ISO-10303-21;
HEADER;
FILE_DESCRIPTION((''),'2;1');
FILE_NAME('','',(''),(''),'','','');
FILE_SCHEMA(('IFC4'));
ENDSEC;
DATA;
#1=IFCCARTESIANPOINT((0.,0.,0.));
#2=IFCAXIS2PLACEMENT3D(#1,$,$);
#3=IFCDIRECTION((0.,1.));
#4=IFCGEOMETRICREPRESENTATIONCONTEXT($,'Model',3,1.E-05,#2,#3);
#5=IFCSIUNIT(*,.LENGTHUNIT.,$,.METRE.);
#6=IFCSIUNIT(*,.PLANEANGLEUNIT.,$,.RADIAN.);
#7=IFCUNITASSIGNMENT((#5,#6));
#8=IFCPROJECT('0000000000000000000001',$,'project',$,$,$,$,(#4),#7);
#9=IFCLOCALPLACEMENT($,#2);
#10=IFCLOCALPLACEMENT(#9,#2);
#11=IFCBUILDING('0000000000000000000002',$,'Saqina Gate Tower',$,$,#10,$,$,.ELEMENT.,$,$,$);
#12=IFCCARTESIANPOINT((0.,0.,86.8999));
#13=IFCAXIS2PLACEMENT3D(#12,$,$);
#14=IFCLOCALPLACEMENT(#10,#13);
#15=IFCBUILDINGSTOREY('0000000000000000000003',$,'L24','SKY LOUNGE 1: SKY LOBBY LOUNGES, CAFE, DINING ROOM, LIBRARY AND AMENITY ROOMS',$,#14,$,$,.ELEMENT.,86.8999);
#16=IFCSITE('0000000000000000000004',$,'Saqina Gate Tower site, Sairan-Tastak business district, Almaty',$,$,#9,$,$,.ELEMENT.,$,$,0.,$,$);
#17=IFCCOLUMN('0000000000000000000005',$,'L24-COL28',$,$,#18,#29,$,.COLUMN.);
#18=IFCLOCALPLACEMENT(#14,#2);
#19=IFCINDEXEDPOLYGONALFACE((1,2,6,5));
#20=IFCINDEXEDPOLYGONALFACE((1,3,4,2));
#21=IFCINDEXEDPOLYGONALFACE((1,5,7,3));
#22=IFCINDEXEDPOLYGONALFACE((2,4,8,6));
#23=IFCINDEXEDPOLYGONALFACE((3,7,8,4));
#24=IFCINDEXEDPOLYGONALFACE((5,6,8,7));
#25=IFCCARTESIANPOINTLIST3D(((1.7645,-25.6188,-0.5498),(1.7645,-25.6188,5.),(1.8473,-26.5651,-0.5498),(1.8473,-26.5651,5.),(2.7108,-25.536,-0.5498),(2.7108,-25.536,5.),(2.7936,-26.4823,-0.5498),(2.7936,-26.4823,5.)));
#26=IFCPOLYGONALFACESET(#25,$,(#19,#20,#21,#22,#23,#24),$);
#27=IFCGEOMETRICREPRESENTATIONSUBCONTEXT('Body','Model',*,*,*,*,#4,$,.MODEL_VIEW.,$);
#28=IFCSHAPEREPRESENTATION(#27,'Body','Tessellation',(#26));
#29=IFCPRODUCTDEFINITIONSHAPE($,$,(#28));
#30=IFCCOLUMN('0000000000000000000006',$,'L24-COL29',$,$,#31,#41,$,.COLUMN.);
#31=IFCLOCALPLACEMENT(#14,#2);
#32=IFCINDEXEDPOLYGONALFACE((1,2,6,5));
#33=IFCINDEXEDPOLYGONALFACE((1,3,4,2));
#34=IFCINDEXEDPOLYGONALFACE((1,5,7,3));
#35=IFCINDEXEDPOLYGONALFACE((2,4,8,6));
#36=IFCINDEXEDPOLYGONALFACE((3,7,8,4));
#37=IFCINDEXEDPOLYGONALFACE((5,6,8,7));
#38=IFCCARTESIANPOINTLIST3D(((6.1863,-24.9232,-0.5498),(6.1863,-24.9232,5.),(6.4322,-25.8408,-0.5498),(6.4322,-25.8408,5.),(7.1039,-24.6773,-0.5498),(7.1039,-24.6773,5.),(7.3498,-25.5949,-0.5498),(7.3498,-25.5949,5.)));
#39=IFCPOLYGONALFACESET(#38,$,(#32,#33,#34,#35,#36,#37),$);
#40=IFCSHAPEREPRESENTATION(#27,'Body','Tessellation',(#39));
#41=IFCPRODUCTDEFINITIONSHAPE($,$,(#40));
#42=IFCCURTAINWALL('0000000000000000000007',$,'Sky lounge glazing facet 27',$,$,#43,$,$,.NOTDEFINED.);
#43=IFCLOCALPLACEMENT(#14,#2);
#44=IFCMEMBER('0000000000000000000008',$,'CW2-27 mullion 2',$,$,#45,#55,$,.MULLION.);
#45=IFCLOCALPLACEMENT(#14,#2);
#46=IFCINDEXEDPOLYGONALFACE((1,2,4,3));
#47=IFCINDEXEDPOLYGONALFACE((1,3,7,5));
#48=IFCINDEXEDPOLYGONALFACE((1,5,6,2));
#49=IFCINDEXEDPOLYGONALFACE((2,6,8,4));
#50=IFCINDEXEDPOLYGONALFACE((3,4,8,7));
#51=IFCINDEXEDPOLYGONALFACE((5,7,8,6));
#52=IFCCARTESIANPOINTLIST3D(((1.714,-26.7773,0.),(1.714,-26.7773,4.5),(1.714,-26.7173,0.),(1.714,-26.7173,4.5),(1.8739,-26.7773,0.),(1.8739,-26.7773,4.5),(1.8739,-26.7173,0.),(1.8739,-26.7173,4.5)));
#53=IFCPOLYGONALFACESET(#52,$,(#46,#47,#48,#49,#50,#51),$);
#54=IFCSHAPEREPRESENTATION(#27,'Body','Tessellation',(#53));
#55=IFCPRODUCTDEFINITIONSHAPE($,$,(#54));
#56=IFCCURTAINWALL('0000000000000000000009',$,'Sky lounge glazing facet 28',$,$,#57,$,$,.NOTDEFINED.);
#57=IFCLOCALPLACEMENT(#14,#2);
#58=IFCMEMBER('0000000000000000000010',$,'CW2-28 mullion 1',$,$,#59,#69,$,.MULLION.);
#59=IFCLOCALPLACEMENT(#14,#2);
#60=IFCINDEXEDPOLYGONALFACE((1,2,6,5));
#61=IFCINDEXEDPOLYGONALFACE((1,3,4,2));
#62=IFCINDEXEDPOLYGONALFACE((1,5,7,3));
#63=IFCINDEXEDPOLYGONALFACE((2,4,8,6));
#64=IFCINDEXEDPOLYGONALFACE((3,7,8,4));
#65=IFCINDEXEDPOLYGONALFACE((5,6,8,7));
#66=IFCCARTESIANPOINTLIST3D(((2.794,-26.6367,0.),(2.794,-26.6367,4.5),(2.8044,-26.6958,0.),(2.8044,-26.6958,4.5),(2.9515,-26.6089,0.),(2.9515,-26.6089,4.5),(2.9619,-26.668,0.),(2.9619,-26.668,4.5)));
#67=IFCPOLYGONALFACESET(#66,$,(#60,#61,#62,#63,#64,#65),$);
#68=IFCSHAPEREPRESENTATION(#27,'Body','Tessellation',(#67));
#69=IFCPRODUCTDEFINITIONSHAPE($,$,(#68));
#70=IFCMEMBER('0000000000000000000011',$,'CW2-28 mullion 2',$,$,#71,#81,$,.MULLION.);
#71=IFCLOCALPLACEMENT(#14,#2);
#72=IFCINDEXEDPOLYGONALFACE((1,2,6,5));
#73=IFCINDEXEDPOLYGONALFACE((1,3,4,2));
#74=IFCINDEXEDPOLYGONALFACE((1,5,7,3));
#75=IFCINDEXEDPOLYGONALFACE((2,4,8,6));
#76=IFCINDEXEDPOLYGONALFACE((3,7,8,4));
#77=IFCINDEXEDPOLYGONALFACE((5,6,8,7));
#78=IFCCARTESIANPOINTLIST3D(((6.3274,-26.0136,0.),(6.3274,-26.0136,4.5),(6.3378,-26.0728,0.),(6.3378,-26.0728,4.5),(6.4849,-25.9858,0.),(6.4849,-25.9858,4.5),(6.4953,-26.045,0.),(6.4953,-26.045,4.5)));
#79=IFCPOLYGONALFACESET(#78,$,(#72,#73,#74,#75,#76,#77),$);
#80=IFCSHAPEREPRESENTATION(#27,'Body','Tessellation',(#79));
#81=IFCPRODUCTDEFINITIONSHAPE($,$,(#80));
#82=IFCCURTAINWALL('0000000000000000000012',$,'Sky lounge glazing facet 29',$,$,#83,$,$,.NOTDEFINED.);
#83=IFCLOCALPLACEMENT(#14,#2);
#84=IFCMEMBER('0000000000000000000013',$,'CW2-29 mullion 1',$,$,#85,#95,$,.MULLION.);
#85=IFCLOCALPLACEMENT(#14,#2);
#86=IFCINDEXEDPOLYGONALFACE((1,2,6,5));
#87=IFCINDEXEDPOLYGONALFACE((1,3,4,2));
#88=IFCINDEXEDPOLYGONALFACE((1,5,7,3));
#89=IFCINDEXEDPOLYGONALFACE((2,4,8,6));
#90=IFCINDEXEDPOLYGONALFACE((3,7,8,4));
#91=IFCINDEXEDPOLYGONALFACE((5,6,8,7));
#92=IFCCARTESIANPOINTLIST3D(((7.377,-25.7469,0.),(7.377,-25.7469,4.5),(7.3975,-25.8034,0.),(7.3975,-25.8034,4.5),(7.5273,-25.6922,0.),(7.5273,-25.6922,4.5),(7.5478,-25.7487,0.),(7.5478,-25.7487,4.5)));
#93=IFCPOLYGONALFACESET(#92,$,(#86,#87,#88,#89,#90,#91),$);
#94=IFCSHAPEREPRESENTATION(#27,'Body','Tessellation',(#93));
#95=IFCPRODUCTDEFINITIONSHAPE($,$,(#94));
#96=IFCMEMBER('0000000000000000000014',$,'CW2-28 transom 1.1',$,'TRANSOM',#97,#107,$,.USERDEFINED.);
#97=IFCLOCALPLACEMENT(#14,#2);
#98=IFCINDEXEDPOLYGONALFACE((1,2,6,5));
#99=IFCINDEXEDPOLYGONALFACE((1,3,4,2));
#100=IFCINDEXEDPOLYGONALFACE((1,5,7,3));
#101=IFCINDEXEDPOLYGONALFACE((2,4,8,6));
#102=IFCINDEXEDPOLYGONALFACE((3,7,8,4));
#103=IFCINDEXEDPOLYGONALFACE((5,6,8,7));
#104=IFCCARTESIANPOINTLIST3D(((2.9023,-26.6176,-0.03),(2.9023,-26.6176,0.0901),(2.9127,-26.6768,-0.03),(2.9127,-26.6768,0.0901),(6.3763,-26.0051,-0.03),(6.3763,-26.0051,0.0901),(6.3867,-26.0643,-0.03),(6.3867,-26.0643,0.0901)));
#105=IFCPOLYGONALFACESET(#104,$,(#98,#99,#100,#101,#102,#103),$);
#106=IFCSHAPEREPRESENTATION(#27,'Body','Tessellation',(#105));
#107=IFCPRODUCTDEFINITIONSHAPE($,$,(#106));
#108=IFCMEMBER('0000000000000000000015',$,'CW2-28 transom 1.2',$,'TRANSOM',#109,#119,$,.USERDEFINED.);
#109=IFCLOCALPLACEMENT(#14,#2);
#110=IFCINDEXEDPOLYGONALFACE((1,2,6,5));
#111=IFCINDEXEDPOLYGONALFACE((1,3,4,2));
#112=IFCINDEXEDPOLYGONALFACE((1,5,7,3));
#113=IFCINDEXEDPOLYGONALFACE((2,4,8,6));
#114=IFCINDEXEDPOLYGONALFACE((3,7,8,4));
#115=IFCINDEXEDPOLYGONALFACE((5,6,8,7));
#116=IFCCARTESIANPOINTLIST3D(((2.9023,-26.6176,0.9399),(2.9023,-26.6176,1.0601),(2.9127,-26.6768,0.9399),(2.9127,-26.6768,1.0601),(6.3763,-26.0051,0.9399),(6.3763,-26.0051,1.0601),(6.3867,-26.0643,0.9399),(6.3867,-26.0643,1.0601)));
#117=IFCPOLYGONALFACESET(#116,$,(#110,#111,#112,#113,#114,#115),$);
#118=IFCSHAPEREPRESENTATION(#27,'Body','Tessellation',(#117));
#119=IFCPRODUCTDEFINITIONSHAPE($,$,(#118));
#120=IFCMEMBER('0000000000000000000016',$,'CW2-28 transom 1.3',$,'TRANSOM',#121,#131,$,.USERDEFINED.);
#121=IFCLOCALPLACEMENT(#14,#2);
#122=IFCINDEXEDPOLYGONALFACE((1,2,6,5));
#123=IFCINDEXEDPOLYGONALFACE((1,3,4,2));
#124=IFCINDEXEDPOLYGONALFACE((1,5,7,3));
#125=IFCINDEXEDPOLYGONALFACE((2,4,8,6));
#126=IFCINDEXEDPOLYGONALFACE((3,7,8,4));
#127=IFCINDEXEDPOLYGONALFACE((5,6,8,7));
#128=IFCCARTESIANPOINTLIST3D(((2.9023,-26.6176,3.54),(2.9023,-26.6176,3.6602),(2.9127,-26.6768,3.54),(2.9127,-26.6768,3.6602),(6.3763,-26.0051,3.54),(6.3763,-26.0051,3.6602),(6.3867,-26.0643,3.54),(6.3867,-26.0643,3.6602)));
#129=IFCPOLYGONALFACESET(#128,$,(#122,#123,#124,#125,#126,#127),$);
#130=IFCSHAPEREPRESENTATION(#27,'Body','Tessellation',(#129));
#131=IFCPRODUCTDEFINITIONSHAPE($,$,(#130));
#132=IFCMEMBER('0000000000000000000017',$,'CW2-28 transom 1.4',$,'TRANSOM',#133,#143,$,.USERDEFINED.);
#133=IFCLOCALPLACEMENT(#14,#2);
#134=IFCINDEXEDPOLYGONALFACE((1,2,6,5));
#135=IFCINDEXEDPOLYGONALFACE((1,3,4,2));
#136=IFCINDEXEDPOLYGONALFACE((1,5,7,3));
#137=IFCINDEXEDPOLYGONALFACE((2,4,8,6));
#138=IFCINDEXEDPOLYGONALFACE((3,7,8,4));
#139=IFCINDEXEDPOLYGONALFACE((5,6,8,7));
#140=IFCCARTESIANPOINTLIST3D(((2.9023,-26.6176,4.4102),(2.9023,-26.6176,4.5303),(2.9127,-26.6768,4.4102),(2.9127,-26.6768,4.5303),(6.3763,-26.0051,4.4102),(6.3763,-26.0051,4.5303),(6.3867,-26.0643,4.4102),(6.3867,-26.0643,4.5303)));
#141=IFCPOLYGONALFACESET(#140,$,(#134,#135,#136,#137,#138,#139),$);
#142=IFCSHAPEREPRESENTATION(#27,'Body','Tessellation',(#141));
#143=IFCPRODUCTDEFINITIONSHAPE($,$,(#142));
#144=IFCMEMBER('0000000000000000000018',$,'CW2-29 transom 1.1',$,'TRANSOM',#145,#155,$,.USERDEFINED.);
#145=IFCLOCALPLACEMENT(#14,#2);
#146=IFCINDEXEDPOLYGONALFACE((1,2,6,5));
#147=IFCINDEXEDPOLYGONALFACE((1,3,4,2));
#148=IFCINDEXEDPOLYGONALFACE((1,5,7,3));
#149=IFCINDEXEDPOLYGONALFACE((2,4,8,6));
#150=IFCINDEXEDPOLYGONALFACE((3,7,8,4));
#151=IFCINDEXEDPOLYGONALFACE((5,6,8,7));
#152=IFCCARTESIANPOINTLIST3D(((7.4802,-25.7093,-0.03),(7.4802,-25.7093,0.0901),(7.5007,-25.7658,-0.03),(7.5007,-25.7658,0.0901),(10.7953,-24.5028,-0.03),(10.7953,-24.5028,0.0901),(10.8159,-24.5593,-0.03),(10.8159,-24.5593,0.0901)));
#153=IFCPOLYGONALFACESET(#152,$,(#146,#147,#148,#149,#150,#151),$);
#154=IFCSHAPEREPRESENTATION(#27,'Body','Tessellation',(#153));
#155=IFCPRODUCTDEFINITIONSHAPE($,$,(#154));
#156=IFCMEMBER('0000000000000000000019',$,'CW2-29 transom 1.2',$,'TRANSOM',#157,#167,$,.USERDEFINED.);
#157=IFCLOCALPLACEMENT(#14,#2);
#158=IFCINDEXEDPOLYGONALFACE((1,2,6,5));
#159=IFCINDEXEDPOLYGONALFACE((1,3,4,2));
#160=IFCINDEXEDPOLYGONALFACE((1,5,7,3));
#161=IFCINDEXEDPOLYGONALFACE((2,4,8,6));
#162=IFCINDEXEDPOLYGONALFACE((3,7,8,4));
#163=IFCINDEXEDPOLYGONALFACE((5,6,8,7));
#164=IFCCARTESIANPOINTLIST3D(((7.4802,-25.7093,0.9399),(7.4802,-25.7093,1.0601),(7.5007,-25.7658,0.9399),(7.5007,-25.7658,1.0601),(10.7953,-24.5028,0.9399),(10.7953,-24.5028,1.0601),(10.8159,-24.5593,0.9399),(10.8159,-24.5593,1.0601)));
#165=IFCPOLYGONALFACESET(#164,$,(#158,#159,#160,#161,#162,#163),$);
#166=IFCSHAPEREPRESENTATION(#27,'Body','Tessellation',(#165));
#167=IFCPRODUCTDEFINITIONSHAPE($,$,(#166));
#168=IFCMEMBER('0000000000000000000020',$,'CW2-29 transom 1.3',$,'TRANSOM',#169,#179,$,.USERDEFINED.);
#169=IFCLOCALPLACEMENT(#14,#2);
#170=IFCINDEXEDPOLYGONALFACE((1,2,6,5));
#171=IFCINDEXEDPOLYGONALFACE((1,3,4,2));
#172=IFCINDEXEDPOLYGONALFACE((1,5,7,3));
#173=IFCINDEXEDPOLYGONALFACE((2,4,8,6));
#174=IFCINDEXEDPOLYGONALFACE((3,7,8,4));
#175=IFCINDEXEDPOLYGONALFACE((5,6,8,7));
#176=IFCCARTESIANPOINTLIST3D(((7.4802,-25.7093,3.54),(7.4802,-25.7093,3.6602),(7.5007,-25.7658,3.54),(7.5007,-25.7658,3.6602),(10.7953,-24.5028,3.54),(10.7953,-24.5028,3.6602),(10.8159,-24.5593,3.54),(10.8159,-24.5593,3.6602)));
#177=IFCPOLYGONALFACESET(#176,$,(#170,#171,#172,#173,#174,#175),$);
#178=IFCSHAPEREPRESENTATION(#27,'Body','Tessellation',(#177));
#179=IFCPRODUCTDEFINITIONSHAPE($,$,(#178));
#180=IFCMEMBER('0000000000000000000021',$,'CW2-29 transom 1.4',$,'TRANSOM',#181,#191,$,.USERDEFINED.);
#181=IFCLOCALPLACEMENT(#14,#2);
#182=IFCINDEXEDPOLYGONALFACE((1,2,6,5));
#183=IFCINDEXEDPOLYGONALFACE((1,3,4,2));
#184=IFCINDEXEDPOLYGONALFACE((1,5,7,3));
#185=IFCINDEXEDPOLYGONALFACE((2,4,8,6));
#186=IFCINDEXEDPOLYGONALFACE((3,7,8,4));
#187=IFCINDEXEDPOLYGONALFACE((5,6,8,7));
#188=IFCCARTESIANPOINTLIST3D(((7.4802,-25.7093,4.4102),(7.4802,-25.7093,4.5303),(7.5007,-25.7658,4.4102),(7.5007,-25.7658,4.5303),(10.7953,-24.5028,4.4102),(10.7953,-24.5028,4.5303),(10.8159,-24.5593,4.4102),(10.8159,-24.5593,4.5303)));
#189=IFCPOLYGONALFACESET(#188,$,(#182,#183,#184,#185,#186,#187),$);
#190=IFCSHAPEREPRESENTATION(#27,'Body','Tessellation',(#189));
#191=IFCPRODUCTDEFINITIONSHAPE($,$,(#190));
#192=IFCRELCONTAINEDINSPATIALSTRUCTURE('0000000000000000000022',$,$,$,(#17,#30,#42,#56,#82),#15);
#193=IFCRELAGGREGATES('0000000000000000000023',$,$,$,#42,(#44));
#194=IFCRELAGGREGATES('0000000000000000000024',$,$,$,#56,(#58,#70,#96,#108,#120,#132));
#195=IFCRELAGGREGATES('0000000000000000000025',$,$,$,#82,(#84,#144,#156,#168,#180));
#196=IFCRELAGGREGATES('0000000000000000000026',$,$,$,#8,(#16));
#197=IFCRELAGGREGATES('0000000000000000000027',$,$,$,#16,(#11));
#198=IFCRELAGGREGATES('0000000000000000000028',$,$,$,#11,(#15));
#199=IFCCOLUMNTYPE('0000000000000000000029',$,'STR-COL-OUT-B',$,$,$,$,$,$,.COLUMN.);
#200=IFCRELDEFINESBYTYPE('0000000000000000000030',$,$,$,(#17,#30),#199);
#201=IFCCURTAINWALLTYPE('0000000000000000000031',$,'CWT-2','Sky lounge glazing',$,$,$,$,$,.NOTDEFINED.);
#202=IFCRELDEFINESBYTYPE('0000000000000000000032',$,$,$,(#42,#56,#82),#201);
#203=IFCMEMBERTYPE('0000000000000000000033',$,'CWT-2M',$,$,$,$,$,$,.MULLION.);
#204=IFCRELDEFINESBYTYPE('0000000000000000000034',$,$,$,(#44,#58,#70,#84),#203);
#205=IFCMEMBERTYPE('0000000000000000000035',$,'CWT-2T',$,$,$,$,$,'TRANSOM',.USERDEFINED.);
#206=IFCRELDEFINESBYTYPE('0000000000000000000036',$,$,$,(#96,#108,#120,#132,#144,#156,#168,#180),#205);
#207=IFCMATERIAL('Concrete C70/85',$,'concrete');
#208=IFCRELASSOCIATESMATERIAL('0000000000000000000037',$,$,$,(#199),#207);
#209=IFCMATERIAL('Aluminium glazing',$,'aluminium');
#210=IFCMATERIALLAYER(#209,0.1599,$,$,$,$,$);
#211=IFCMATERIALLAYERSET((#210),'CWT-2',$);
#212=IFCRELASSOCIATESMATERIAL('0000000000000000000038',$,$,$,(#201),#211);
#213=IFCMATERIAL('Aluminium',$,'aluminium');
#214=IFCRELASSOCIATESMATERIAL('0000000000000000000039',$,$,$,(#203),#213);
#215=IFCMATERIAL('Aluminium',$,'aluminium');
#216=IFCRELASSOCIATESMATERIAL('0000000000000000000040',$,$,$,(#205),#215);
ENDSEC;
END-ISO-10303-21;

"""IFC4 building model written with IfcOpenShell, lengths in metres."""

from ifc_helpers import new_model, si_unit, direction, frame, origin, origin_2d, place, context, subcontext, project, spatial, rectangle, extrude, material, layer, layer_set, material_profile, profile_set, type_object, element, aggregate, save


model = new_model("IFC4")

# Units and contexts
model_context = context("Model", 3, precision=1e-05, world=origin(), true_north=direction((0.0, 1.0)))
body_context = subcontext(model_context, "Body", "Model", "MODEL_VIEW")
ifc_project = project(units=[si_unit("LENGTHUNIT", "METRE"), si_unit("PLANEANGLEUNIT", "RADIAN")], contexts=[model_context])

# Site, building, storey
site_placement = place(None, origin())
site = spatial("IfcSite", under=ifc_project, at=site_placement, Name="Saqina Gate Tower site, Sairan-Tastak business district, Almaty", CompositionType="ELEMENT", RefElevation=0.0)
building_placement = place(site_placement, origin())
building = spatial("IfcBuilding", under=site, at=building_placement, Name="Saqina Gate Tower", CompositionType="ELEMENT")
storey_placement = place(building_placement, frame((0.0, 0.0, 86.8999)))
storey = spatial("IfcBuildingStorey", under=building, at=storey_placement, Name="L24", Description="SKY LOUNGE 1: SKY LOBBY LOUNGES, CAFE, DINING ROOM, LIBRARY AND AMENITY ROOMS", CompositionType="ELEMENT", Elevation=86.8999)

# Columns
ifc_material_1 = material(Name="Concrete C70/85", Category="concrete")
ifc_material_profile_1 = material_profile(ifc_material_1, rectangle(XDim=0.95, YDim=0.95, at=origin_2d()), Name="RC 950x950")
ifc_profile_set_1 = profile_set([ifc_material_profile_1], Name="Concrete C70/85")
column_type = type_object("IfcColumnType", Name="STR-COL-OUT-B", PredefinedType="COLUMN", material=ifc_profile_set_1)
for number, where, z_axis, x_axis, name in (
    (1, (2.2791, -26.0505, -0.5498), (0.0, 0.0, 1.0), (0.087156, -0.996195, 0.0), "L24-COL28"),
    (2, (6.7681, -25.259, -0.5498), (0.0, 0.0, 1.0), (0.258819, -0.965926, 0.0), "L24-COL29"),
):
    element("IfcColumn", number, at=place(storey_placement, frame(where, z_axis=z_axis, x_axis=x_axis)), inside=storey, type_object=column_type, Name=name, PredefinedType="COLUMN", context=body_context, shape_type="SweptSolid", body=[
        extrude(rectangle(XDim=0.95, YDim=0.95, at=origin_2d()), origin(), (0.0, 0.0, 1.0), 5.5498),
    ])

# Curtain wall, member
ifc_material_2 = material(Name="Aluminium glazing", Category="aluminium")
ifc_layer_1 = layer(ifc_material_2, 0.1599)
ifc_layer_set_1 = layer_set([ifc_layer_1], Name="CWT-2")
curtain_wall_type = type_object("IfcCurtainWallType", Name="CWT-2", Description="Sky lounge glazing", PredefinedType="NOTDEFINED", material=ifc_layer_set_1)
curtain_wall_1_placement = place(storey_placement, origin())
curtain_wall_1 = element("IfcCurtainWall", 3, at=curtain_wall_1_placement, inside=storey, type_object=curtain_wall_type, Name="Sky lounge glazing facet 27", PredefinedType="NOTDEFINED")
ifc_material_3 = material(Name="Aluminium", Category="aluminium")
ifc_material_profile_2 = material_profile(ifc_material_3, rectangle(XDim=0.0601, YDim=0.1599, at=origin_2d()), Name="Aluminium 60x160")
ifc_profile_set_2 = profile_set([ifc_material_profile_2], Name="Aluminium")
member_type_1 = type_object("IfcMemberType", Name="CWT-2M", PredefinedType="MULLION", material=ifc_profile_set_2)
member_1_placement = place(storey_placement, frame((1.7939, -26.7473, 0.0), z_axis=(0.0, 0.0, 1.0), x_axis=(0.0, 1.0, 0.0)))
member_1 = element("IfcMember", 4, at=member_1_placement, type_object=member_type_1, Name="CW2-27 mullion 2", PredefinedType="MULLION", context=body_context, shape_type="SweptSolid", body=[
    extrude(rectangle(XDim=0.0601, YDim=0.1599, at=origin_2d()), origin(), (0.0, 0.0, 1.0), 4.5),
])
aggregate(curtain_wall_1, [member_1])

# Curtain wall, members
curtain_wall_2_placement = place(storey_placement, origin())
curtain_wall_2 = element("IfcCurtainWall", 5, at=curtain_wall_2_placement, inside=storey, type_object=curtain_wall_type, Name="Sky lounge glazing facet 28", PredefinedType="NOTDEFINED")
member_2_placement = place(storey_placement, frame((2.8779, -26.6523, 0.0), z_axis=(0.0, 0.0, 1.0), x_axis=(-0.173638, 0.984809, 0.0)))
member_2 = element("IfcMember", 6, at=member_2_placement, type_object=member_type_1, Name="CW2-28 mullion 1", PredefinedType="MULLION", context=body_context, shape_type="SweptSolid", body=[
    extrude(rectangle(XDim=0.0601, YDim=0.1599, at=origin_2d()), origin(), (0.0, 0.0, 1.0), 4.5),
])
member_3_placement = place(storey_placement, frame((6.4114, -26.0293, 0.0), z_axis=(0.0, 0.0, 1.0), x_axis=(-0.173638, 0.984809, 0.0)))
member_3 = element("IfcMember", 7, at=member_3_placement, type_object=member_type_1, Name="CW2-28 mullion 2", PredefinedType="MULLION", context=body_context, shape_type="SweptSolid", body=[
    extrude(rectangle(XDim=0.0601, YDim=0.1599, at=origin_2d()), origin(), (0.0, 0.0, 1.0), 4.5),
])

# Curtain wall, member
curtain_wall_3_placement = place(storey_placement, origin())
curtain_wall_3 = element("IfcCurtainWall", 8, at=curtain_wall_3_placement, inside=storey, type_object=curtain_wall_type, Name="Sky lounge glazing facet 29", PredefinedType="NOTDEFINED")
member_4_placement = place(storey_placement, frame((7.4624, -25.7478, 0.0), z_axis=(0.0, 0.0, 1.0), x_axis=(-0.342016, 0.939694, 0.0)))
member_4 = element("IfcMember", 9, at=member_4_placement, type_object=member_type_1, Name="CW2-29 mullion 1", PredefinedType="MULLION", context=body_context, shape_type="SweptSolid", body=[
    extrude(rectangle(XDim=0.0601, YDim=0.1599, at=origin_2d()), origin(), (0.0, 0.0, 1.0), 4.5),
])

# Members
ifc_material_4 = material(Name="Aluminium", Category="aluminium")
ifc_material_profile_3 = material_profile(ifc_material_4, rectangle(XDim=0.0601, YDim=0.1201, at=origin_2d()), Name="Aluminium 60x120")
ifc_profile_set_3 = profile_set([ifc_material_profile_3], Name="Aluminium")
member_type_2 = type_object("IfcMemberType", Name="CWT-2T", ElementType="TRANSOM", PredefinedType="USERDEFINED", material=ifc_profile_set_3)
member_5_placement = place(storey_placement, frame((2.9075, -26.6472, 0.03), z_axis=(0.984809, 0.173639, 0.0), x_axis=(-0.173639, 0.984809, 0.0)))
member_5 = element("IfcMember", 10, at=member_5_placement, type_object=member_type_2, Name="CW2-28 transom 1.1", ObjectType="TRANSOM", PredefinedType="USERDEFINED", context=body_context, shape_type="SweptSolid", body=[
    extrude(rectangle(XDim=0.0601, YDim=0.1201, at=origin_2d()), origin(), (0.0, 0.0, 1.0), 3.5276),
])
member_6_placement = place(storey_placement, frame((2.9075, -26.6472, 1.0), z_axis=(0.984809, 0.173639, 0.0), x_axis=(-0.173639, 0.984809, 0.0)))
member_6 = element("IfcMember", 11, at=member_6_placement, type_object=member_type_2, Name="CW2-28 transom 1.2", ObjectType="TRANSOM", PredefinedType="USERDEFINED", context=body_context, shape_type="SweptSolid", body=[
    extrude(rectangle(XDim=0.0601, YDim=0.1201, at=origin_2d()), origin(), (0.0, 0.0, 1.0), 3.5276),
])
member_7_placement = place(storey_placement, frame((2.9075, -26.6472, 3.6001), z_axis=(0.984809, 0.173639, 0.0), x_axis=(-0.173639, 0.984809, 0.0)))
member_7 = element("IfcMember", 12, at=member_7_placement, type_object=member_type_2, Name="CW2-28 transom 1.3", ObjectType="TRANSOM", PredefinedType="USERDEFINED", context=body_context, shape_type="SweptSolid", body=[
    extrude(rectangle(XDim=0.0601, YDim=0.1201, at=origin_2d()), origin(), (0.0, 0.0, 1.0), 3.5276),
])
member_8_placement = place(storey_placement, frame((2.9075, -26.6472, 4.4702), z_axis=(0.984809, 0.173639, 0.0), x_axis=(-0.173639, 0.984809, 0.0)))
member_8 = element("IfcMember", 13, at=member_8_placement, type_object=member_type_2, Name="CW2-28 transom 1.4", ObjectType="TRANSOM", PredefinedType="USERDEFINED", context=body_context, shape_type="SweptSolid", body=[
    extrude(rectangle(XDim=0.0601, YDim=0.1201, at=origin_2d()), origin(), (0.0, 0.0, 1.0), 3.5276),
])
member_9_placement = place(storey_placement, frame((7.4905, -25.7375, 0.03), z_axis=(0.9397, 0.341999, 0.0), x_axis=(-0.341999, 0.9397, 0.0)))
member_9 = element("IfcMember", 14, at=member_9_placement, type_object=member_type_2, Name="CW2-29 transom 1.1", ObjectType="TRANSOM", PredefinedType="USERDEFINED", context=body_context, shape_type="SweptSolid", body=[
    extrude(rectangle(XDim=0.0601, YDim=0.1201, at=origin_2d()), origin(), (0.0, 0.0, 1.0), 3.5278),
])
member_10_placement = place(storey_placement, frame((7.4905, -25.7375, 1.0), z_axis=(0.9397, 0.341999, 0.0), x_axis=(-0.341999, 0.9397, 0.0)))
member_10 = element("IfcMember", 15, at=member_10_placement, type_object=member_type_2, Name="CW2-29 transom 1.2", ObjectType="TRANSOM", PredefinedType="USERDEFINED", context=body_context, shape_type="SweptSolid", body=[
    extrude(rectangle(XDim=0.0601, YDim=0.1201, at=origin_2d()), origin(), (0.0, 0.0, 1.0), 3.5278),
])
member_11_placement = place(storey_placement, frame((7.4905, -25.7375, 3.6001), z_axis=(0.9397, 0.341999, 0.0), x_axis=(-0.341999, 0.9397, 0.0)))
member_11 = element("IfcMember", 16, at=member_11_placement, type_object=member_type_2, Name="CW2-29 transom 1.3", ObjectType="TRANSOM", PredefinedType="USERDEFINED", context=body_context, shape_type="SweptSolid", body=[
    extrude(rectangle(XDim=0.0601, YDim=0.1201, at=origin_2d()), origin(), (0.0, 0.0, 1.0), 3.5278),
])
member_12_placement = place(storey_placement, frame((7.4905, -25.7375, 4.4702), z_axis=(0.9397, 0.341999, 0.0), x_axis=(-0.341999, 0.9397, 0.0)))
member_12 = element("IfcMember", 17, at=member_12_placement, type_object=member_type_2, Name="CW2-29 transom 1.4", ObjectType="TRANSOM", PredefinedType="USERDEFINED", context=body_context, shape_type="SweptSolid", body=[
    extrude(rectangle(XDim=0.0601, YDim=0.1201, at=origin_2d()), origin(), (0.0, 0.0, 1.0), 3.5278),
])

aggregate(curtain_wall_2, [member_2, member_3, member_5, member_6, member_7, member_8])
aggregate(curtain_wall_3, [member_4, member_9, member_10, member_11, member_12])

save(model, "model.ifc")
